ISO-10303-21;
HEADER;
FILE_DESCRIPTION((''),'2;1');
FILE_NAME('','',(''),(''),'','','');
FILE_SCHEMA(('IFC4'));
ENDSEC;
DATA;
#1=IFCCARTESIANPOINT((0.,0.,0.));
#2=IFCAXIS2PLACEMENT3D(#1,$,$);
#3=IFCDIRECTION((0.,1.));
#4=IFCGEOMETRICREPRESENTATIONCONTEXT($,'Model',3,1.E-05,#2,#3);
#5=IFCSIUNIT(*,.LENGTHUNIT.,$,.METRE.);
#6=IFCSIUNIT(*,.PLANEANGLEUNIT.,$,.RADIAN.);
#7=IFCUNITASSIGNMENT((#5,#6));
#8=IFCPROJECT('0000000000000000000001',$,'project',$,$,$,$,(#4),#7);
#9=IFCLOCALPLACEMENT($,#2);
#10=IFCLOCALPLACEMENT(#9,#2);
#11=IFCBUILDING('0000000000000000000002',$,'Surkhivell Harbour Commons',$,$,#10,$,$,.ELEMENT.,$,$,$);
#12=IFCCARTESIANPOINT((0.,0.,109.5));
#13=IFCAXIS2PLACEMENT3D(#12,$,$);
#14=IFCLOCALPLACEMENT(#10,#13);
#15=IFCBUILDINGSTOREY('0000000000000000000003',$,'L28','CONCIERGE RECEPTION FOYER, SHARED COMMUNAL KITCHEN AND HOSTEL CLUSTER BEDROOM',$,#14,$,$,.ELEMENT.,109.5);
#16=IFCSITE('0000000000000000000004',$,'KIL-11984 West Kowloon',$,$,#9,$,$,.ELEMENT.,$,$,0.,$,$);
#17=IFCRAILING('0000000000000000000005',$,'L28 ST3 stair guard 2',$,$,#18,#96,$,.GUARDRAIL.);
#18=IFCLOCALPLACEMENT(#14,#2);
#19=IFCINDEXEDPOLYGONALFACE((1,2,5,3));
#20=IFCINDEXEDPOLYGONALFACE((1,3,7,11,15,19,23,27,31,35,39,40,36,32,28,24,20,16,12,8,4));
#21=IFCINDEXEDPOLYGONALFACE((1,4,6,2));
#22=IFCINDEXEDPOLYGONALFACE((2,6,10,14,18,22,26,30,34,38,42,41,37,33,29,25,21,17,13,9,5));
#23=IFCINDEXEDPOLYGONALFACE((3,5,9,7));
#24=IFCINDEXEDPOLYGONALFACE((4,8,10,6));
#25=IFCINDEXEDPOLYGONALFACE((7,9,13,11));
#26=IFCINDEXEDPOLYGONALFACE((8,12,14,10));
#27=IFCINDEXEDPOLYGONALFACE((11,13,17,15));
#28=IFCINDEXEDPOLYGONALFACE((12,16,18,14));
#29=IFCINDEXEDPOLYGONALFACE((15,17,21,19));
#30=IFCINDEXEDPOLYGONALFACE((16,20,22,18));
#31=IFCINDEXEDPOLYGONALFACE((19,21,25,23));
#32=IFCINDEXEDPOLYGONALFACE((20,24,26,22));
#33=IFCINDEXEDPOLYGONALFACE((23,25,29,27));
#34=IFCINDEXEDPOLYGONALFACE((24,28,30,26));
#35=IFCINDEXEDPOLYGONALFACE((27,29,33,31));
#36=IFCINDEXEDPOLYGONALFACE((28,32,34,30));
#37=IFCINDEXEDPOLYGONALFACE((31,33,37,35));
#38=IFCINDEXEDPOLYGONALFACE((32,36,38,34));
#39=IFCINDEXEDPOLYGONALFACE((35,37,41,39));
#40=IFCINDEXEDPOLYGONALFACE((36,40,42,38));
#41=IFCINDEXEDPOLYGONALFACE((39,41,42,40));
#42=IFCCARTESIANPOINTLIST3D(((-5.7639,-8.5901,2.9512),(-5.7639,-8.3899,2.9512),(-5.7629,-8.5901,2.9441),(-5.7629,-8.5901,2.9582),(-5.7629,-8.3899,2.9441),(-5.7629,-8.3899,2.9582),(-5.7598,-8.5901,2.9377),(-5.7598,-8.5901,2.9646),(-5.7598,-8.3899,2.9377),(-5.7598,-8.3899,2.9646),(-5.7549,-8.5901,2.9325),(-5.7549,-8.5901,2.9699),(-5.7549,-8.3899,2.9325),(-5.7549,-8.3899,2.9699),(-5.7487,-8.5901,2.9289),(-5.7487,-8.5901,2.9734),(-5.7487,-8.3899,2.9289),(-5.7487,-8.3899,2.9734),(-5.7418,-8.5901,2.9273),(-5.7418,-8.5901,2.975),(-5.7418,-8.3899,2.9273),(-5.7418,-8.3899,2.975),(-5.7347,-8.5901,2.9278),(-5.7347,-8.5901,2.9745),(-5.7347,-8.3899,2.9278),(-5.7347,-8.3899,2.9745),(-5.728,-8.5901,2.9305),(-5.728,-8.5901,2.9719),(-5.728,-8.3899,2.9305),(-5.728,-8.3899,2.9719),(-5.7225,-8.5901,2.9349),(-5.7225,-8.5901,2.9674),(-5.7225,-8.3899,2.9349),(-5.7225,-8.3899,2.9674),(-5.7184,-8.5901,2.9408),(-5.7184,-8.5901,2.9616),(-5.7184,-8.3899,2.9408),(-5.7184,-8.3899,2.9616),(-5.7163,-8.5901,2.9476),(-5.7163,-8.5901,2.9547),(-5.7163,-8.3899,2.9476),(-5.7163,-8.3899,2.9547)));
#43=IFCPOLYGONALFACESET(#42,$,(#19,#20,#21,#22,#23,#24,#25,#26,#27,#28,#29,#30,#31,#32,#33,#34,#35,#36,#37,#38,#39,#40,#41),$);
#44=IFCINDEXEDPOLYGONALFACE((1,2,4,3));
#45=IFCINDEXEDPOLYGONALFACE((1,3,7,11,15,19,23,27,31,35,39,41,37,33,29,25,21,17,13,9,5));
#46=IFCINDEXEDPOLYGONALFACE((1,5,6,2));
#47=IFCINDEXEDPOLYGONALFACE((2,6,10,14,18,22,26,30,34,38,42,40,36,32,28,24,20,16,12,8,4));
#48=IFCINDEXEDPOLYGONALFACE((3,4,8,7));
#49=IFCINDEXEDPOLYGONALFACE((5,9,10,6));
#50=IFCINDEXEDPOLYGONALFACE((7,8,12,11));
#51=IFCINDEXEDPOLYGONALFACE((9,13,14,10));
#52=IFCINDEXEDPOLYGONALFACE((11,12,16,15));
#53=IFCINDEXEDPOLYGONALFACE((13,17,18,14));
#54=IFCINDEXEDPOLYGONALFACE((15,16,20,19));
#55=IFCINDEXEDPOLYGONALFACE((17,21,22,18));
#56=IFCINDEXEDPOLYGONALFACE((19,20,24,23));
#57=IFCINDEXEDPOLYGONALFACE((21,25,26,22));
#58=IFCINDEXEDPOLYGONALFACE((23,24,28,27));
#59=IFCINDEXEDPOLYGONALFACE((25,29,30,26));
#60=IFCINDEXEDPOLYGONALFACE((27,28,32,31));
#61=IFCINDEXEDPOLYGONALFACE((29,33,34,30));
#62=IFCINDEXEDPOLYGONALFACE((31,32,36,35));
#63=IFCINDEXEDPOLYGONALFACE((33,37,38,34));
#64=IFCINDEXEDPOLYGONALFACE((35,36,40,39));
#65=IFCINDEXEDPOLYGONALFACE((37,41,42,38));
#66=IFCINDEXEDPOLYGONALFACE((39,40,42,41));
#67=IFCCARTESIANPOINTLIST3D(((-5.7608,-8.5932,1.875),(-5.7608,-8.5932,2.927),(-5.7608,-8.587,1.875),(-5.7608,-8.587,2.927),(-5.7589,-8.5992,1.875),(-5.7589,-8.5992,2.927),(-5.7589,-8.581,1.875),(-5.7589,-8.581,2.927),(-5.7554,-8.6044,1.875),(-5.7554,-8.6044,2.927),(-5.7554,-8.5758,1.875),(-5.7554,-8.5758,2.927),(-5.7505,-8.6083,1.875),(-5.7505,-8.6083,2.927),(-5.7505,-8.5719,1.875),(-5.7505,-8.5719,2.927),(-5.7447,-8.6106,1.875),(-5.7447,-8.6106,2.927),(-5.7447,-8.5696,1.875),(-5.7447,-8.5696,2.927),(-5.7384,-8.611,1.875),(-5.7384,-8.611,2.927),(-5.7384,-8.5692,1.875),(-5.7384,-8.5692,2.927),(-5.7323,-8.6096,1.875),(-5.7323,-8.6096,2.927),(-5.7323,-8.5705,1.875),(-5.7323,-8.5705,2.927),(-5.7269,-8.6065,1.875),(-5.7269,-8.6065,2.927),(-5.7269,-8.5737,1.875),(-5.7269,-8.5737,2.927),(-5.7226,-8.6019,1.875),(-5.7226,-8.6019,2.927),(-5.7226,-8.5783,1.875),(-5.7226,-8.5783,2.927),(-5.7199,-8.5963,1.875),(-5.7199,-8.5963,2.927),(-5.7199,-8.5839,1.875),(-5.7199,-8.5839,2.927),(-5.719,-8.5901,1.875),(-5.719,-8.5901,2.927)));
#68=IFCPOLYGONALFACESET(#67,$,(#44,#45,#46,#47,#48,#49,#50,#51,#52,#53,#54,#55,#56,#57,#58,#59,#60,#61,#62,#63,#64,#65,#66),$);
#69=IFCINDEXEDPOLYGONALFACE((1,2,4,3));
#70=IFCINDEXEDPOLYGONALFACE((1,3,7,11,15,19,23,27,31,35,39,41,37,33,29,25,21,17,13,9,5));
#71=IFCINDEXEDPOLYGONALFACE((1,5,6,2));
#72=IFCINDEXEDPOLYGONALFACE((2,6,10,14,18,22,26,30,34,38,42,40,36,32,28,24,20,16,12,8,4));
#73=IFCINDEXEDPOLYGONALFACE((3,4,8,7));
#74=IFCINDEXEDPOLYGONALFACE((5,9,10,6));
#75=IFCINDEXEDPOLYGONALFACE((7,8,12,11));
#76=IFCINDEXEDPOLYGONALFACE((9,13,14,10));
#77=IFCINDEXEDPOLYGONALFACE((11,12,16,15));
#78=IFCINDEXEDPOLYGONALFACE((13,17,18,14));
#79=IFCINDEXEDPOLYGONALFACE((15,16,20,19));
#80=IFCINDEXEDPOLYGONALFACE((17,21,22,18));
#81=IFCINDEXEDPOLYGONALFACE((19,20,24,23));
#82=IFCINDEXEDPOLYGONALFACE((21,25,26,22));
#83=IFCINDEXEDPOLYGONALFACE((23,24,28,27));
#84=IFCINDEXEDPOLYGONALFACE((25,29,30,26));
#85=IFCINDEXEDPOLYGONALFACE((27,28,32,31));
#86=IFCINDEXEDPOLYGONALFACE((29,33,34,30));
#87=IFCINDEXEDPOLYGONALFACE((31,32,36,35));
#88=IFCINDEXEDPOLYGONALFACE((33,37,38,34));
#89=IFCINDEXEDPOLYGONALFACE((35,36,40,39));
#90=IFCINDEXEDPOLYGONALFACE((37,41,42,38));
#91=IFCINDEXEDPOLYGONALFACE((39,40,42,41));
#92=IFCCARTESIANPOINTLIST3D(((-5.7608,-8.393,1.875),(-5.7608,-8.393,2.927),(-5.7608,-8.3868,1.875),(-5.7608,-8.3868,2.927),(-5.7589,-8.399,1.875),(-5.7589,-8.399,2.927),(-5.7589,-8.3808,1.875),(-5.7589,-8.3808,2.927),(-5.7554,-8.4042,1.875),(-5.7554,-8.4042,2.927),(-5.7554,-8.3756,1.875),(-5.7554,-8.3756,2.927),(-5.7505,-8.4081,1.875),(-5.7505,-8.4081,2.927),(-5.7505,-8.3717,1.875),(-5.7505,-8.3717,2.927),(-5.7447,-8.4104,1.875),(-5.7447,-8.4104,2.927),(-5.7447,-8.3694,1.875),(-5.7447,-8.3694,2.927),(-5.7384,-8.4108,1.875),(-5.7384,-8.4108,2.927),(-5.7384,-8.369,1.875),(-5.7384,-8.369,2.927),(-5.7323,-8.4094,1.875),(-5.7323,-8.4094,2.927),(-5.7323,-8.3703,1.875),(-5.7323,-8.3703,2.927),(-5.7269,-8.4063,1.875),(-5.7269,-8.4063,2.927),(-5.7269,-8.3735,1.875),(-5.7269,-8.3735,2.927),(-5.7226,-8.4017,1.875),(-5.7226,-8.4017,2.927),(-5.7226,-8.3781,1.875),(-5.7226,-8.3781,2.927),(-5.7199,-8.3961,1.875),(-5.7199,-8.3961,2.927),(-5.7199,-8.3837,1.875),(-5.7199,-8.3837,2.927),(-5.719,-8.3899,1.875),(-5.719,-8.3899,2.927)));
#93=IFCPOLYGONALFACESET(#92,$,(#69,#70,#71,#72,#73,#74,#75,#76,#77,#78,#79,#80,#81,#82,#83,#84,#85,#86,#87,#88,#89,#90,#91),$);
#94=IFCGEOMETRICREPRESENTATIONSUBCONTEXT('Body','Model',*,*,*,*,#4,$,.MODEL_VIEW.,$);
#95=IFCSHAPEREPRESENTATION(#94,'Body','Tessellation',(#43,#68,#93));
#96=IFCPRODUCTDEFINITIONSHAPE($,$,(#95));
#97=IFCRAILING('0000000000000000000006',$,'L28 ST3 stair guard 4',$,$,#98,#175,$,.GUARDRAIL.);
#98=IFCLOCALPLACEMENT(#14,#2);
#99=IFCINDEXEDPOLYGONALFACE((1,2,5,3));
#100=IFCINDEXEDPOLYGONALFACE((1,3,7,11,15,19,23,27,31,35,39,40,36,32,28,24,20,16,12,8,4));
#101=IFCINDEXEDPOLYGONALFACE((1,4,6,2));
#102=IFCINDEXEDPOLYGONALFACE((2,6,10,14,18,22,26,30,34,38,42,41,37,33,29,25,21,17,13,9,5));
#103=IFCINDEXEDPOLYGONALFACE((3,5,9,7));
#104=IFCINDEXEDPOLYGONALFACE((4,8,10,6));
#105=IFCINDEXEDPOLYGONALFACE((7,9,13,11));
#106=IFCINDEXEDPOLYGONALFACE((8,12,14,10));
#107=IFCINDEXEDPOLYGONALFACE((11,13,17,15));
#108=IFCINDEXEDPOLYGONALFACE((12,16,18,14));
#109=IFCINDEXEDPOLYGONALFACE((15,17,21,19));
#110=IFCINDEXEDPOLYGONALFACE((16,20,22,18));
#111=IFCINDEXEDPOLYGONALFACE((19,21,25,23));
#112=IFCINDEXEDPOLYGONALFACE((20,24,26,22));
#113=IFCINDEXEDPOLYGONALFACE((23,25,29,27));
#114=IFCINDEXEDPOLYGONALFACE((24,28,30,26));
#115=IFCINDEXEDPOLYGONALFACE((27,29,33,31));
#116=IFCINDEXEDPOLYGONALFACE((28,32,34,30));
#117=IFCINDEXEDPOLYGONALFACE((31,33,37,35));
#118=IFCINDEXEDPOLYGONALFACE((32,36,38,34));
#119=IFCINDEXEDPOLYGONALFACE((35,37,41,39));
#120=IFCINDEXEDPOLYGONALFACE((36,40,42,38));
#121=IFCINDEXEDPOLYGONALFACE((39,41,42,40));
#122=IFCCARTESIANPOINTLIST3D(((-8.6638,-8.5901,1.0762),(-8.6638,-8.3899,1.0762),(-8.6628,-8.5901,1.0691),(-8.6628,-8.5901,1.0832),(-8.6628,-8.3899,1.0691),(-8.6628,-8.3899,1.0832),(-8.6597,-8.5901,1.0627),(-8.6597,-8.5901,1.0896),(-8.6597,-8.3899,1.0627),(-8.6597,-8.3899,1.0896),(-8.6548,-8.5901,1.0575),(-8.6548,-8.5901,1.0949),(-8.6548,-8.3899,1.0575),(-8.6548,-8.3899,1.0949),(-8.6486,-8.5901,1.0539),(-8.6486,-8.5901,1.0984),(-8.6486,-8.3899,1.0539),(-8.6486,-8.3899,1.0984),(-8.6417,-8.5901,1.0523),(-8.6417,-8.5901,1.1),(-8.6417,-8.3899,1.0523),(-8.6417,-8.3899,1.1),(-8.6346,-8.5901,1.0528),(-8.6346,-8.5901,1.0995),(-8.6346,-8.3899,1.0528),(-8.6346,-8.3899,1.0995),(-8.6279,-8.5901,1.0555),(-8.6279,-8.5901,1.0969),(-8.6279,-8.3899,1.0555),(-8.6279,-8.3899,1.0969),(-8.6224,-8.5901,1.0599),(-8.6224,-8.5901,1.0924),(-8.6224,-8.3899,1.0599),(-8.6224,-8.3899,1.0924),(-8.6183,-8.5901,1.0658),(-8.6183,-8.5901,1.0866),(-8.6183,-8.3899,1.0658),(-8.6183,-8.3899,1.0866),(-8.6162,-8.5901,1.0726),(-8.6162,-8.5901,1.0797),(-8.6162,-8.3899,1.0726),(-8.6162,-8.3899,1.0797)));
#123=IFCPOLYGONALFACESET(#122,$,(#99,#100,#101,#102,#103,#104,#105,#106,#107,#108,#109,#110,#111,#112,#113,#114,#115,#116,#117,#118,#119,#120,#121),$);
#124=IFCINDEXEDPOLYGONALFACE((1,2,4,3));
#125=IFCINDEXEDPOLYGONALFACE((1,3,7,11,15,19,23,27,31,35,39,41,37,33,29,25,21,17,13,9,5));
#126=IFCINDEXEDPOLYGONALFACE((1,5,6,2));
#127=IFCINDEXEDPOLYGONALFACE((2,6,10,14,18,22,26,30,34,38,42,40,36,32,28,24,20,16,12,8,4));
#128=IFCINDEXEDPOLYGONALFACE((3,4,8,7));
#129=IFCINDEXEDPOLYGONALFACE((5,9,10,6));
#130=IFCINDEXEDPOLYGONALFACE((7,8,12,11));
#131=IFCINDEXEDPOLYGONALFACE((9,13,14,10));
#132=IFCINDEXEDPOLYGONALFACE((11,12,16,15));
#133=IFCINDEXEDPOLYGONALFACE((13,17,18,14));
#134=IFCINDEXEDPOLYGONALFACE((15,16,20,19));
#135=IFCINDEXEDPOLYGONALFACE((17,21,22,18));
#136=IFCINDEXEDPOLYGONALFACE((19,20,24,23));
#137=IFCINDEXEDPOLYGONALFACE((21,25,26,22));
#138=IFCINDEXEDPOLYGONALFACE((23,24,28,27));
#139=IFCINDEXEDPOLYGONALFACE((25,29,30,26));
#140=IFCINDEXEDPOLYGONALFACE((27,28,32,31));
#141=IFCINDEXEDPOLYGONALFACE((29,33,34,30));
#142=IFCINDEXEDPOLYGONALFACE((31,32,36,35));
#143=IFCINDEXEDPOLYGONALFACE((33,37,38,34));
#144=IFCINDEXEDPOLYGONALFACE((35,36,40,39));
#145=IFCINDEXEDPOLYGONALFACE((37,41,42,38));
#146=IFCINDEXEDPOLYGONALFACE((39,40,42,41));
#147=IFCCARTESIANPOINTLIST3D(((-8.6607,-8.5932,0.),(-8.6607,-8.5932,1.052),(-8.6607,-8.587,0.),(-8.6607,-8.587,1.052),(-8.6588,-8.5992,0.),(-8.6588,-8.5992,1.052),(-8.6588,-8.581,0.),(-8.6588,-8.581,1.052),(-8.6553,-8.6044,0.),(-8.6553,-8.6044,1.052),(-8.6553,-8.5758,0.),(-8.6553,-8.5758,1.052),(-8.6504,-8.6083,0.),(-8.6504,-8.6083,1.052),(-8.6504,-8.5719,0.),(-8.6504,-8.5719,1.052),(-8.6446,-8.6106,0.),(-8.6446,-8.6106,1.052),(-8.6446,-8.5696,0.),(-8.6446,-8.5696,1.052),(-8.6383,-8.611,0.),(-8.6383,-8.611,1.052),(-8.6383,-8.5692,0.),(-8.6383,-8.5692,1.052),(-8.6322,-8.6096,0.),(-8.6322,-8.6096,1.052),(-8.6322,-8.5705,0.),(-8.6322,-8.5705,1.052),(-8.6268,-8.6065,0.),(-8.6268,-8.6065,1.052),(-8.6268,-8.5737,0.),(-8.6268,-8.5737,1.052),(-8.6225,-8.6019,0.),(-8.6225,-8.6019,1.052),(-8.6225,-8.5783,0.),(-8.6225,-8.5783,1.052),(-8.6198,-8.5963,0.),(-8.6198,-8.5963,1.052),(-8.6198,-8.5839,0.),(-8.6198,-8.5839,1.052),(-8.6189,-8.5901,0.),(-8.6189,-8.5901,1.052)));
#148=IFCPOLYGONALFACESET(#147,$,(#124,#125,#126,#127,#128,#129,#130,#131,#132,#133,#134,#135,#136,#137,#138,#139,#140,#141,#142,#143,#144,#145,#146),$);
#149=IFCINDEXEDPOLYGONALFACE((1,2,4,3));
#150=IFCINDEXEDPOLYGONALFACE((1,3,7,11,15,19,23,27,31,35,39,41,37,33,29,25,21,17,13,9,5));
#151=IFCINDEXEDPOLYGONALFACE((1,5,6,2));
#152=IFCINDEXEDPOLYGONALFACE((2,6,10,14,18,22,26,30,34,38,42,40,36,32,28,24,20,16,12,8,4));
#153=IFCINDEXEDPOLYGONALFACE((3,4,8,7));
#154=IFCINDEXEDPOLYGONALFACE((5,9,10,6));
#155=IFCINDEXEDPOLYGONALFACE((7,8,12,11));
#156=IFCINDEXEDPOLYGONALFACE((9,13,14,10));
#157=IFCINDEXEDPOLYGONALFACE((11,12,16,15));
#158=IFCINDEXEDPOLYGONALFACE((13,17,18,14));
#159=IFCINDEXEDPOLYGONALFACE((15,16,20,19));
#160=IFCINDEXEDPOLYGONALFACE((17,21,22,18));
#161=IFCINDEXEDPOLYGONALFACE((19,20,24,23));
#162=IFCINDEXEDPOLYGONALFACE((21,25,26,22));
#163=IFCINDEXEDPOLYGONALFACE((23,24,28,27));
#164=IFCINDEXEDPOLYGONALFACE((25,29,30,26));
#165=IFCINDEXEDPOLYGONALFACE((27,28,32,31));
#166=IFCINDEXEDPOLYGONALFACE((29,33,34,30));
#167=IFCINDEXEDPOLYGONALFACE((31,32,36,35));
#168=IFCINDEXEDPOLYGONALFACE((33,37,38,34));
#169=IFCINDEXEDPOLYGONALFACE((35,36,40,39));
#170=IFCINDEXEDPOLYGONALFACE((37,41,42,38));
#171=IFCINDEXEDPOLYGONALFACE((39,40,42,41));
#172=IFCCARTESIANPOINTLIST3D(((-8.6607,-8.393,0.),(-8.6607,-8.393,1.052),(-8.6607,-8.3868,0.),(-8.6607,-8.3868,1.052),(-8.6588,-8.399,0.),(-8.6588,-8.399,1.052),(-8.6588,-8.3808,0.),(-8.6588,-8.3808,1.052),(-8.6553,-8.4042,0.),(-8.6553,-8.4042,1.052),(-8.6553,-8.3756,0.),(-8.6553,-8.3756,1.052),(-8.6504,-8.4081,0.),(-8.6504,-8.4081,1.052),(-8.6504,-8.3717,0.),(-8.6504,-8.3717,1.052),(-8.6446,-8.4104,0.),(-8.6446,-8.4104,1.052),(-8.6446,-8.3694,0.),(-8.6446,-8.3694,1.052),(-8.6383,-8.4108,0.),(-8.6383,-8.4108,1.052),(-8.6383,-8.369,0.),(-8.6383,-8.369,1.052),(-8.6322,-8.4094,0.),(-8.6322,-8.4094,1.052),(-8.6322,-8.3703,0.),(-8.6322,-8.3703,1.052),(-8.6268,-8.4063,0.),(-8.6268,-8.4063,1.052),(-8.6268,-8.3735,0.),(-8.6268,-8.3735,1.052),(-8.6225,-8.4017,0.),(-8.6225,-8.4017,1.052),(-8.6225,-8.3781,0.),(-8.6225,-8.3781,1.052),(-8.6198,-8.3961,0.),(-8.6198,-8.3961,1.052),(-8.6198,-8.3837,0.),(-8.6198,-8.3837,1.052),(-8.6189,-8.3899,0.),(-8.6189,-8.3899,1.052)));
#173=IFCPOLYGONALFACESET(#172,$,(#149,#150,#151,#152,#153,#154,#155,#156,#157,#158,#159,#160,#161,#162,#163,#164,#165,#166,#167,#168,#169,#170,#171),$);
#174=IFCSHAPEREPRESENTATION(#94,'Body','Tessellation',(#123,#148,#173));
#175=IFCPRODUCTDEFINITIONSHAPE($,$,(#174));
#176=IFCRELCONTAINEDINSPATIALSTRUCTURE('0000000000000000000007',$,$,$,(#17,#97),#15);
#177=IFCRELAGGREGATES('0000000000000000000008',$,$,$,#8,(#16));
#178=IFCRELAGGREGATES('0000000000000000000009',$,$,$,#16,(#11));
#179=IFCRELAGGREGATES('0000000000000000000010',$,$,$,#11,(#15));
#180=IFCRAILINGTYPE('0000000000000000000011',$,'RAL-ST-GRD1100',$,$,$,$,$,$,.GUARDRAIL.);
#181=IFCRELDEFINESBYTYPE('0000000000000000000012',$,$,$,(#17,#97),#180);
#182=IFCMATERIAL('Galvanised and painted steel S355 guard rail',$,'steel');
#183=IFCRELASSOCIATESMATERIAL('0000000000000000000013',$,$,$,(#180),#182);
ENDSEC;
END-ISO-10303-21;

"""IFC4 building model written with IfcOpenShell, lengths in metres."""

from ifc_helpers import new_model, si_unit, direction, frame, origin, origin_2d, place, context, subcontext, project, spatial, circle, extrude, material, type_object, element, save


model = new_model("IFC4")

# Units and contexts
model_context = context("Model", 3, precision=1e-05, world=origin(), true_north=direction((0.0, 1.0)))
body_context = subcontext(model_context, "Body", "Model", "MODEL_VIEW")
ifc_project = project(units=[si_unit("LENGTHUNIT", "METRE"), si_unit("PLANEANGLEUNIT", "RADIAN")], contexts=[model_context])

# Site, building, storey
site_placement = place(None, origin())
site = spatial("IfcSite", under=ifc_project, at=site_placement, Name="KIL-11984 West Kowloon", CompositionType="ELEMENT", RefElevation=0.0)
building_placement = place(site_placement, origin())
building = spatial("IfcBuilding", under=site, at=building_placement, Name="Surkhivell Harbour Commons", CompositionType="ELEMENT")
storey_placement = place(building_placement, frame((0.0, 0.0, 109.5)))
storey = spatial("IfcBuildingStorey", under=building, at=storey_placement, Name="L28", Description="CONCIERGE RECEPTION FOYER, SHARED COMMUNAL KITCHEN AND HOSTEL CLUSTER BEDROOM", CompositionType="ELEMENT", Elevation=109.5)

# Railings
ifc_material_1 = material(Name="Galvanised and painted steel S355 guard rail", Category="steel")
railing_type_1 = type_object("IfcRailingType", Name="RAL-ST-GRD1100", PredefinedType="GUARDRAIL", material=ifc_material_1)
for number, where, name in (
    (1, (-5.74, -8.5901, 1.875), "L28 ST3 stair guard 2"),
    (2, (-8.6399, -8.5901, 0.0), "L28 ST3 stair guard 4"),
):
    element("IfcRailing", number, at=place(storey_placement, frame(where)), inside=storey, type_object=railing_type_1, Name=name, PredefinedType="GUARDRAIL", context=body_context, shape_type="SweptSolid", body=[
        extrude(circle(Radius=0.0239, at=origin_2d()), frame((0.0, 0.0, 1.0762), z_axis=(0.0, 1.0, 0.0), x_axis=(-1.0, 0.0, 0.0)), (0.0, 0.0, 1.0), 0.2002),
        extrude(circle(Radius=0.021, at=origin_2d()), origin(), (0.0, 0.0, 1.0), 1.052),
        extrude(circle(Radius=0.021, at=origin_2d()), frame((0.0, 0.2002, 0.0)), (0.0, 0.0, 1.0), 1.052),
    ])

save(model, "model.ifc")
